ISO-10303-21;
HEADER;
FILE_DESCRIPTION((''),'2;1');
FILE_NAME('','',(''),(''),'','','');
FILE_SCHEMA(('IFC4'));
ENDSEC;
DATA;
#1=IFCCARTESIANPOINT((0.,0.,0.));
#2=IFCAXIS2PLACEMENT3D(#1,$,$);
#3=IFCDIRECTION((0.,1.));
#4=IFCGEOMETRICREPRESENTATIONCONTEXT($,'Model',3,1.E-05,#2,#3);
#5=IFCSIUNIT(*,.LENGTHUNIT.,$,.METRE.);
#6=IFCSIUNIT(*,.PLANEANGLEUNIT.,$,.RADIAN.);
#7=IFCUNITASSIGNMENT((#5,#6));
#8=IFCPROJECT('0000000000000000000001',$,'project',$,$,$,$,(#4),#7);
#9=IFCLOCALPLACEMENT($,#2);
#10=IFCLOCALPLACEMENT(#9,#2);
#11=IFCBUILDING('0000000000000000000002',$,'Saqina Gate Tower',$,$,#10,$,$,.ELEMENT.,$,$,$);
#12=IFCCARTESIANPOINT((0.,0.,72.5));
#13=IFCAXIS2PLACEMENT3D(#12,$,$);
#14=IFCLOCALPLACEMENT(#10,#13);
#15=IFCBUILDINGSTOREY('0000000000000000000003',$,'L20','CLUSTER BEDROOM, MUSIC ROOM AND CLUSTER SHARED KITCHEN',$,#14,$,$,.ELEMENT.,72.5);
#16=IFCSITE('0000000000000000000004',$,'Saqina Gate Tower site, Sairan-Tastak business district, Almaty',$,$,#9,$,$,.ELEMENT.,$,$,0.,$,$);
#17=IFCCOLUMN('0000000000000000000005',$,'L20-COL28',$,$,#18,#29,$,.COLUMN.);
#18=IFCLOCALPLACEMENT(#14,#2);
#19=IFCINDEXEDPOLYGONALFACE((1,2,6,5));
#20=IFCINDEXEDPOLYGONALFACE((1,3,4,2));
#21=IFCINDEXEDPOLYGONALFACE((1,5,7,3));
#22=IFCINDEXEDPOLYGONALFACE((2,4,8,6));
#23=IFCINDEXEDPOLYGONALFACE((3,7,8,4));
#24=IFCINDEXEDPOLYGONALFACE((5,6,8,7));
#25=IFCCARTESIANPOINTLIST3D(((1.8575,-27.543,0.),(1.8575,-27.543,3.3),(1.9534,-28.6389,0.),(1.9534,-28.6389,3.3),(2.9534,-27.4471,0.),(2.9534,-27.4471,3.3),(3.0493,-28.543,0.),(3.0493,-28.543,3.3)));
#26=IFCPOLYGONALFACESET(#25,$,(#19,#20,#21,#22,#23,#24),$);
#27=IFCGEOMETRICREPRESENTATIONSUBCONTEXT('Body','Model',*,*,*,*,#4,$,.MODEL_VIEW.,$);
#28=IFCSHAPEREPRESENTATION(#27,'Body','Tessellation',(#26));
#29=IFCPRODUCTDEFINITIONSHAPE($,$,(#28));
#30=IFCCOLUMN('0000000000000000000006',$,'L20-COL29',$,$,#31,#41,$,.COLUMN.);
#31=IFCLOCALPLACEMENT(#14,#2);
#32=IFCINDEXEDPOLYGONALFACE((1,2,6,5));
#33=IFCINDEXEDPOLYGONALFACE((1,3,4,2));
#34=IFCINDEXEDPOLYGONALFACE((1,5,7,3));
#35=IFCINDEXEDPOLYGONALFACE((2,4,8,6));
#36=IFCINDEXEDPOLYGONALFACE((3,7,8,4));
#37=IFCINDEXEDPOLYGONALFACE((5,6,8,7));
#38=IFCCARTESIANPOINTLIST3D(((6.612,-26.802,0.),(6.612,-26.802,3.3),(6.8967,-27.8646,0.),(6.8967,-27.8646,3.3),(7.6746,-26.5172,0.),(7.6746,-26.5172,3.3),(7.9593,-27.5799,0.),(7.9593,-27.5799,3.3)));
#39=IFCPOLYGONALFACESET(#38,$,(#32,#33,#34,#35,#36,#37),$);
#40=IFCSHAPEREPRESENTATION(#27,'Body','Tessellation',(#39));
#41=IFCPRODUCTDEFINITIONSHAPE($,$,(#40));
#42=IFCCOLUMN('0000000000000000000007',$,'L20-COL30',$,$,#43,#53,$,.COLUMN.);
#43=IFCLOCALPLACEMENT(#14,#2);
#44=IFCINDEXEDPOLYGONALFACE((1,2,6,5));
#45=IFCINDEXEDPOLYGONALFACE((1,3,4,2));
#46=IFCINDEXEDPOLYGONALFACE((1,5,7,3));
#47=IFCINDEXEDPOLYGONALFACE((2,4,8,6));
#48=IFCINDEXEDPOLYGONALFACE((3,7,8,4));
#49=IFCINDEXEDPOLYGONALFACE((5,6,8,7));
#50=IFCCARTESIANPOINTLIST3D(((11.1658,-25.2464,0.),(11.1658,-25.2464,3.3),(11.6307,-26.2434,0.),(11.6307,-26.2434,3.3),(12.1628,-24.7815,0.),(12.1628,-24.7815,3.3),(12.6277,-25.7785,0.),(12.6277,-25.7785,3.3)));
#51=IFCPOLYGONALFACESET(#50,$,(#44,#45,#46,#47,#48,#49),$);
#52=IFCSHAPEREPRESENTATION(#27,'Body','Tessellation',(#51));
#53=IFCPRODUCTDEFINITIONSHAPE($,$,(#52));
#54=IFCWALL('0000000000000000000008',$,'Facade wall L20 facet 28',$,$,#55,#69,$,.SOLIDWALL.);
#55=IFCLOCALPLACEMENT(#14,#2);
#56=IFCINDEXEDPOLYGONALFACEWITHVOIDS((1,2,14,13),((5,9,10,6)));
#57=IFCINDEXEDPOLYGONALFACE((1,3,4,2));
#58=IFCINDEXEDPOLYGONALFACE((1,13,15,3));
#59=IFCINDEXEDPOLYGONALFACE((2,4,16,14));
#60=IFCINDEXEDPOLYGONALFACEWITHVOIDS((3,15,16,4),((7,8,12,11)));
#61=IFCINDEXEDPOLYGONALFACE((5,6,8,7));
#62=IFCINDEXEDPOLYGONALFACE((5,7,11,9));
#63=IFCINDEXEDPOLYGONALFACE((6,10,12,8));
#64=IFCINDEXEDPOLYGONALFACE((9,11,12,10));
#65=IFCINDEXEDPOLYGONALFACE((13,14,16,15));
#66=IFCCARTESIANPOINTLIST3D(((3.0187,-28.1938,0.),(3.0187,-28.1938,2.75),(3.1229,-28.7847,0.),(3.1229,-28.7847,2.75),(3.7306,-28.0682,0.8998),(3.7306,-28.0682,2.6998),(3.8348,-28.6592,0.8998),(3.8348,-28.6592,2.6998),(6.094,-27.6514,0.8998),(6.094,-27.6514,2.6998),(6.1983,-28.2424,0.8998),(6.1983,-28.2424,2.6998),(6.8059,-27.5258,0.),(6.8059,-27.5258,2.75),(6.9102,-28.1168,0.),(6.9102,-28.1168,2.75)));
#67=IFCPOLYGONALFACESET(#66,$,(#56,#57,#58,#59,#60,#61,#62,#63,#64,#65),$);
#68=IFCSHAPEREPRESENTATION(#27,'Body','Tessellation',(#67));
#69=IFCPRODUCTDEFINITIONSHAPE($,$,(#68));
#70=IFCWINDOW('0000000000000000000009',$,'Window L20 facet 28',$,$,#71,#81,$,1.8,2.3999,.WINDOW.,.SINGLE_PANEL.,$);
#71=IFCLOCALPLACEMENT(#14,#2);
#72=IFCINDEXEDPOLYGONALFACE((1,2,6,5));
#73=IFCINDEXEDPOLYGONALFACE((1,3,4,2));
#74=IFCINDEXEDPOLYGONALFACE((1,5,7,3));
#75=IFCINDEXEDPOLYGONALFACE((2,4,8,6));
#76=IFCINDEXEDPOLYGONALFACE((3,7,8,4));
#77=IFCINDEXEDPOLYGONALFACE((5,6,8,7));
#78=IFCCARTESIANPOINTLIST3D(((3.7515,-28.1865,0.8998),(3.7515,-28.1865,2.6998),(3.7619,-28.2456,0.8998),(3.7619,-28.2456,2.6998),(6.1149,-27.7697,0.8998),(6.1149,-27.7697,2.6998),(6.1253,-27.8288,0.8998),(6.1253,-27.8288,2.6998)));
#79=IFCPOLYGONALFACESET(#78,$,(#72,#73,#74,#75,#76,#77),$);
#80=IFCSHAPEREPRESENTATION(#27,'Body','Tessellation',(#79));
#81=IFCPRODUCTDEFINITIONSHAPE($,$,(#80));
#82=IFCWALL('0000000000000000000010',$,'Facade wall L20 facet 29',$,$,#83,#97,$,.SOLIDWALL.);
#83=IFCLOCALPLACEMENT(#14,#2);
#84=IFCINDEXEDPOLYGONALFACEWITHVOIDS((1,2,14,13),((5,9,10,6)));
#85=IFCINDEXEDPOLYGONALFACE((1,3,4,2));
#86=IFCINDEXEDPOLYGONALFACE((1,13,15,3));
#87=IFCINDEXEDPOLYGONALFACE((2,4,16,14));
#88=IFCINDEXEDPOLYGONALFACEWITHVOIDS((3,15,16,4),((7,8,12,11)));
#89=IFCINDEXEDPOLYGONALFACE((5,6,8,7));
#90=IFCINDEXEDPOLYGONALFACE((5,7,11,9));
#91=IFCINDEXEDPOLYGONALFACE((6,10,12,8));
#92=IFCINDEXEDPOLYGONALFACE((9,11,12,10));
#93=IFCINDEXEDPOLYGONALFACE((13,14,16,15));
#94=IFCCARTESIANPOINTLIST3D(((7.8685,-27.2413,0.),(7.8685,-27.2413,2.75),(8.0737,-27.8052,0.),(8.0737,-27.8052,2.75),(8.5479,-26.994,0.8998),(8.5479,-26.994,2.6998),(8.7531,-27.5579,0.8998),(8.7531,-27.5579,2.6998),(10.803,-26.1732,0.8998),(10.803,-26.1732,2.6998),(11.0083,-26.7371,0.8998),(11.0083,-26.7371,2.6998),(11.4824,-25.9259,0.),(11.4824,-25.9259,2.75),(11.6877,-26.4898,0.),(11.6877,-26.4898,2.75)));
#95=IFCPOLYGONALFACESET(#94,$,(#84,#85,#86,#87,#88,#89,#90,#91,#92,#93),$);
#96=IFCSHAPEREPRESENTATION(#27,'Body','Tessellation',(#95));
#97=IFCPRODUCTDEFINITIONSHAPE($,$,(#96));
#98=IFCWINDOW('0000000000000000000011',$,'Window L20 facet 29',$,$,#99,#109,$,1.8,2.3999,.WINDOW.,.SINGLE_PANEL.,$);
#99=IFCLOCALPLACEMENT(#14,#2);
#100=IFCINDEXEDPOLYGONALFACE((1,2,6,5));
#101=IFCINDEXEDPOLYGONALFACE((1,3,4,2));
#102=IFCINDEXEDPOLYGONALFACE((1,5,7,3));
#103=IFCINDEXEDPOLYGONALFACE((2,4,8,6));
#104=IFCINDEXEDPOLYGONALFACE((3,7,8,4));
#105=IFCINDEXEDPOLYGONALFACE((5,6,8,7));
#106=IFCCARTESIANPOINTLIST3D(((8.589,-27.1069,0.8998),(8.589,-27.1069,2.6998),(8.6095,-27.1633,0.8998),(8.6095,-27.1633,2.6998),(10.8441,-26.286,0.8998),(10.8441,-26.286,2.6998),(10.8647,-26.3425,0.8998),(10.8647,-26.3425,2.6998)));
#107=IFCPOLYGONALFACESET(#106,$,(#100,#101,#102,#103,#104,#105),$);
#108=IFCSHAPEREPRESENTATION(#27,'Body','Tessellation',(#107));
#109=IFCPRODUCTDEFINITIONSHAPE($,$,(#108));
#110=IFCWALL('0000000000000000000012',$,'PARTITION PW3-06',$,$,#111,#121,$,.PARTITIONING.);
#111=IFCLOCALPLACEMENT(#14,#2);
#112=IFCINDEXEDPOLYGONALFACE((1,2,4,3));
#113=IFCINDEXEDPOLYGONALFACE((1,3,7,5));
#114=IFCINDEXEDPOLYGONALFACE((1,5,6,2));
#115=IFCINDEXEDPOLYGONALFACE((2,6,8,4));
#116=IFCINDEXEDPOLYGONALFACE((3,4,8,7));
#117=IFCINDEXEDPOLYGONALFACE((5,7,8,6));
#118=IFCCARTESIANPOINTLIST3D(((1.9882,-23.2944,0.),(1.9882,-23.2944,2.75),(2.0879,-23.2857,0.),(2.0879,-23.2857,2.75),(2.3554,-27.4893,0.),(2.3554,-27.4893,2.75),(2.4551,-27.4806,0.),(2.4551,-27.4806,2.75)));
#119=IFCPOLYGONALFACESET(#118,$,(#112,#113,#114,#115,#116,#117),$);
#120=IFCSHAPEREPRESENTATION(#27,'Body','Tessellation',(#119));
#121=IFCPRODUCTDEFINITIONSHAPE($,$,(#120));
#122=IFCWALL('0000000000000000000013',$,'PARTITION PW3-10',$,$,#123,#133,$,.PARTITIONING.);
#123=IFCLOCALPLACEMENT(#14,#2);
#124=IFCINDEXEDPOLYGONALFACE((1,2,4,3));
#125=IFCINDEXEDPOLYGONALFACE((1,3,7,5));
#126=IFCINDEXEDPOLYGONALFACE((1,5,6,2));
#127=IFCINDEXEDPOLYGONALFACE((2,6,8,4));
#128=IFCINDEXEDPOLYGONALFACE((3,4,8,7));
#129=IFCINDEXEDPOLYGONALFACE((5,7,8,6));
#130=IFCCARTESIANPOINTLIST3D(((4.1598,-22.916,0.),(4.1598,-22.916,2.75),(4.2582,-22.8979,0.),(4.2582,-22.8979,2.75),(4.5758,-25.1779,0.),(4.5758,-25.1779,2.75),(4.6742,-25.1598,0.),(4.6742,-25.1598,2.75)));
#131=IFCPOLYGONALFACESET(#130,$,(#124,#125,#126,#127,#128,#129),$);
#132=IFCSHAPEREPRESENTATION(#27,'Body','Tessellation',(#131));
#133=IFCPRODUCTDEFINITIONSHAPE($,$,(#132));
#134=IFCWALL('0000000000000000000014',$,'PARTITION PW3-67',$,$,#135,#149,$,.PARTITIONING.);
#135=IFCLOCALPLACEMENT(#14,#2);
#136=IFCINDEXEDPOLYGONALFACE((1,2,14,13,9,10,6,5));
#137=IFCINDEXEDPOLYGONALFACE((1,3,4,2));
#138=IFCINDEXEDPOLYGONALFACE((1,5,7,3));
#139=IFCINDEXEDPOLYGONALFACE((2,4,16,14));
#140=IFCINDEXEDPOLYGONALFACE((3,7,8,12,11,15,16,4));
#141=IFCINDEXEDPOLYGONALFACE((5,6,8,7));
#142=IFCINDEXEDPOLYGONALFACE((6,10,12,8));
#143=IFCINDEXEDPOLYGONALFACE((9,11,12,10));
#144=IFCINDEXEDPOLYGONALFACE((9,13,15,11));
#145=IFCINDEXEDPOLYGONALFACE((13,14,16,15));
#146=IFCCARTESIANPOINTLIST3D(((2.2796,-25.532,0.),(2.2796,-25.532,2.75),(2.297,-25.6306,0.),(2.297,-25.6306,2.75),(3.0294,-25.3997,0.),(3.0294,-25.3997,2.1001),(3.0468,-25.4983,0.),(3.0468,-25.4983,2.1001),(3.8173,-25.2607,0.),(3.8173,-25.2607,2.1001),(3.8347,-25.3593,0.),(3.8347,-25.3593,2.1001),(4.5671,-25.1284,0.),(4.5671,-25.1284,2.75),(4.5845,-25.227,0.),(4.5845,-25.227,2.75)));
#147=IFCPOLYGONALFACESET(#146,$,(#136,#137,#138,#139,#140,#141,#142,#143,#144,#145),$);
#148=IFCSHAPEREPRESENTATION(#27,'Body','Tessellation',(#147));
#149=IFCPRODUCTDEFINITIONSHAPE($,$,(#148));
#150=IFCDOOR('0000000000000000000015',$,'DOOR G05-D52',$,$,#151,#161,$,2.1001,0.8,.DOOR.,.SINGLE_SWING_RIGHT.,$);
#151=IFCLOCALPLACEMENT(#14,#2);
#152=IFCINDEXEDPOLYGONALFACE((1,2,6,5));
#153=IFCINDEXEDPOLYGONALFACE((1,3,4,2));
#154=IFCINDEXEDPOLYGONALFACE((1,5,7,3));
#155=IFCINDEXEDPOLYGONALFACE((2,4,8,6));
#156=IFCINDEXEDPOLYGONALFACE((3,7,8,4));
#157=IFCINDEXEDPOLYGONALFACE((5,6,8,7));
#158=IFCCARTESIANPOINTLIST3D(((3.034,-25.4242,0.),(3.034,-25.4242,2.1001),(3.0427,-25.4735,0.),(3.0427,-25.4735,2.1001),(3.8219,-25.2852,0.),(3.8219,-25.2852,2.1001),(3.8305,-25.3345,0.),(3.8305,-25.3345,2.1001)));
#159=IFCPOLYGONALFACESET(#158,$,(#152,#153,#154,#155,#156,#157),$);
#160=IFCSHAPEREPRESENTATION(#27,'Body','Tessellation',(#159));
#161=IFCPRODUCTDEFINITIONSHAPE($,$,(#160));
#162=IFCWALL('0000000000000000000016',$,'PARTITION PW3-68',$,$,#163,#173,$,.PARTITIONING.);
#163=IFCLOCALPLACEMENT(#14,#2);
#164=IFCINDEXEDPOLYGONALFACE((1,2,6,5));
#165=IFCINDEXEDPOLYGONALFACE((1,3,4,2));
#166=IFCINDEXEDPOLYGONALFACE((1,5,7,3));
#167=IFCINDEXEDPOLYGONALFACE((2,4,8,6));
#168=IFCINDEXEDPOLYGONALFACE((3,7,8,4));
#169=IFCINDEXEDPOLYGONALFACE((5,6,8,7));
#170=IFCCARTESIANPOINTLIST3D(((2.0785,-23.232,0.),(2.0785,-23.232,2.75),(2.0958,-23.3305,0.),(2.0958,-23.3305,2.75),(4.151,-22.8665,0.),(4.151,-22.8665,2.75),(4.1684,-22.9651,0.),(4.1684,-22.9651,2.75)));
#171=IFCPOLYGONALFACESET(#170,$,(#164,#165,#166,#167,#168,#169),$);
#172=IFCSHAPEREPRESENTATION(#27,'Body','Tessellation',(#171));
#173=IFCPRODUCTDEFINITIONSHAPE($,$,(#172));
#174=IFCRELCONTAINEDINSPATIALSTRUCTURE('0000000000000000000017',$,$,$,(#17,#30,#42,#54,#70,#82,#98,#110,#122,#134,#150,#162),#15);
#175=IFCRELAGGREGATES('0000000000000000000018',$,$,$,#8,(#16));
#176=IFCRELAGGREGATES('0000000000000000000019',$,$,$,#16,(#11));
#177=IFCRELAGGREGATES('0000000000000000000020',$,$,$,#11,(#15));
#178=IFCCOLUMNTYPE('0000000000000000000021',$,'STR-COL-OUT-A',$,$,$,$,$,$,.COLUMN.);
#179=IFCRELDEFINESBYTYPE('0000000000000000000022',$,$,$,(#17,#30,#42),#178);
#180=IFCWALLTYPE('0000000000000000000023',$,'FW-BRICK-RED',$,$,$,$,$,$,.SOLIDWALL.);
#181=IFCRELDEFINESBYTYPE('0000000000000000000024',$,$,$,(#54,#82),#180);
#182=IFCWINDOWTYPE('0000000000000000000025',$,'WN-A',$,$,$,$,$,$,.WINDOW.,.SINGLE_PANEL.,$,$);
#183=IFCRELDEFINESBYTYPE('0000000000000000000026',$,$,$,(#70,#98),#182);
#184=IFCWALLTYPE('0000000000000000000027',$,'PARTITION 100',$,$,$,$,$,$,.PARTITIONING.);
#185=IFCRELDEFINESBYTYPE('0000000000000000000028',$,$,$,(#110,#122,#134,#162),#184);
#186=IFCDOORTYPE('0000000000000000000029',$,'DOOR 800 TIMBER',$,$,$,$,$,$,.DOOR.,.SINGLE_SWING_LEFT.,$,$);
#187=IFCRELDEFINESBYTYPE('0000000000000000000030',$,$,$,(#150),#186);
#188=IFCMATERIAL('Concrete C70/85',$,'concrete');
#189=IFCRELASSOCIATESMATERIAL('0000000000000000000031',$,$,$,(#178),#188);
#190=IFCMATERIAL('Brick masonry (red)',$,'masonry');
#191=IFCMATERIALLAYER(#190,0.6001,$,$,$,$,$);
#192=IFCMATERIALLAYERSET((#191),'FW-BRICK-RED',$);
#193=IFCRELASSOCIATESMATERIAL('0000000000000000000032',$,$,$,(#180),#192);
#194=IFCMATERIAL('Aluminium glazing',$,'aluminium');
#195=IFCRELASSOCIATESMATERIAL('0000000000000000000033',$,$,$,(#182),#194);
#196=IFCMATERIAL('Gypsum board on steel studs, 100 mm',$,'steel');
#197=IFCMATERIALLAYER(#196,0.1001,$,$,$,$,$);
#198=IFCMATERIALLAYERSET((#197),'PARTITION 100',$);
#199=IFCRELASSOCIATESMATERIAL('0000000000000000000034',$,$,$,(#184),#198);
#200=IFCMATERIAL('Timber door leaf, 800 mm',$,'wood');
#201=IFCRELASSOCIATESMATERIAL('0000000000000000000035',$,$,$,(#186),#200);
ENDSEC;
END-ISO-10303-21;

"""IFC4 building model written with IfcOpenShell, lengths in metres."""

from ifc_helpers import new_model, si_unit, direction, frame, frame_2d, origin, origin_2d, place, context, subcontext, project, spatial, rectangle, extrude, material, layer, layer_set, material_profile, profile_set, type_object, element, fill, save


model = new_model("IFC4")

# Units and contexts
model_context = context("Model", 3, precision=1e-05, world=origin(), true_north=direction((0.0, 1.0)))
body_context = subcontext(model_context, "Body", "Model", "MODEL_VIEW")
ifc_project = project(units=[si_unit("LENGTHUNIT", "METRE"), si_unit("PLANEANGLEUNIT", "RADIAN")], contexts=[model_context])

# Site, building, storey
site_placement = place(None, origin())
site = spatial("IfcSite", under=ifc_project, at=site_placement, Name="Saqina Gate Tower site, Sairan-Tastak business district, Almaty", CompositionType="ELEMENT", RefElevation=0.0)
building_placement = place(site_placement, origin())
building = spatial("IfcBuilding", under=site, at=building_placement, Name="Saqina Gate Tower", CompositionType="ELEMENT")
storey_placement = place(building_placement, frame((0.0, 0.0, 72.5)))
storey = spatial("IfcBuildingStorey", under=building, at=storey_placement, Name="L20", Description="CLUSTER BEDROOM, MUSIC ROOM AND CLUSTER SHARED KITCHEN", CompositionType="ELEMENT", Elevation=72.5)

# Columns
ifc_material_1 = material(Name="Concrete C70/85", Category="concrete")
ifc_material_profile = material_profile(ifc_material_1, rectangle(XDim=1.1001, YDim=1.1001, at=origin_2d()), Name="RC 1100x1100")
ifc_profile_set = profile_set([ifc_material_profile], Name="Concrete C70/85")
column_type = type_object("IfcColumnType", Name="STR-COL-OUT-A", PredefinedType="COLUMN", material=ifc_profile_set)
for number, where, z_axis, x_axis, name in (
    (1, (2.4534, -28.043, 0.0), (0.0, 0.0, 1.0), (0.087156, -0.996195, 0.0), "L20-COL28"),
    (2, (7.2856, -27.1909, 0.0), (0.0, 0.0, 1.0), (0.258819, -0.965926, 0.0), "L20-COL29"),
    (3, (11.8967, -25.5125, 0.0), (0.0, 0.0, 1.0), (0.422618, -0.906308, 0.0), "L20-COL30"),
):
    element("IfcColumn", number, at=place(storey_placement, frame(where, z_axis=z_axis, x_axis=x_axis)), inside=storey, type_object=column_type, Name=name, PredefinedType="COLUMN", context=body_context, shape_type="SweptSolid", body=[
        extrude(rectangle(XDim=1.1001, YDim=1.1001, at=origin_2d()), origin(), (0.0, 0.0, 1.0), 3.3),
    ])

# Walls, openings, windows
ifc_material_2 = material(Name="Brick masonry (red)", Category="masonry")
ifc_layer_1 = layer(ifc_material_2, 0.6001)
ifc_layer_set_1 = layer_set([ifc_layer_1], Name="FW-BRICK-RED")
wall_type_1 = type_object("IfcWallType", Name="FW-BRICK-RED", PredefinedType="SOLIDWALL", material=ifc_layer_set_1)
wall_1_placement = place(storey_placement, frame((3.0708, -28.4893, 0.0), z_axis=(0.0, 0.0, 1.0), x_axis=(0.984801, 0.173688, 0.0)))
wall_1 = element("IfcWall", 4, at=wall_1_placement, inside=storey, type_object=wall_type_1, Name="Facade wall L20 facet 28", PredefinedType="SOLIDWALL", context=body_context, shape_type="SweptSolid", body=[
    extrude(rectangle(XDim=3.8457, YDim=0.6001, at=frame_2d((1.9229, 0.0))), origin(), (0.0, 0.0, 1.0), 2.75),
])
opening_1_placement = place(wall_1_placement, frame((0.7229, 0.0, 0.8999)))
opening_1 = element("IfcOpeningElement", 5, at=opening_1_placement, cuts=wall_1, PredefinedType="OPENING", context=body_context, shape_type="SweptSolid", body=[
    extrude(rectangle(XDim=2.3999, YDim=1.8, at=frame_2d((1.2, 0.8999))), frame((0.0, 0.312, 0.0), z_axis=(0.0, -1.0, 0.0), x_axis=(1.0, 0.0, 0.0)), (0.0, 0.0, 1.0), 0.624),
])
ifc_material_3 = material(Name="Aluminium glazing", Category="aluminium")
window_type = type_object("IfcWindowType", Name="WN-A", PartitioningType="SINGLE_PANEL", PredefinedType="WINDOW", material=ifc_material_3)
window_1_placement = place(opening_1_placement, origin())
window_1 = element("IfcWindow", 6, at=window_1_placement, inside=storey, type_object=window_type, Name="Window L20 facet 28", OverallHeight=1.8, OverallWidth=2.3999, PartitioningType="SINGLE_PANEL", PredefinedType="WINDOW", context=body_context, shape_type="SweptSolid", body=[
    extrude(rectangle(XDim=2.3999, YDim=1.8, at=frame_2d((1.2, 0.8999))), frame((0.0, 0.1799, 0.0), z_axis=(0.0, -1.0, 0.0), x_axis=(1.0, 0.0, 0.0)), (0.0, 0.0, 1.0), 0.0601),
])
fill(opening_1, window_1)
wall_2_placement = place(storey_placement, frame((7.9712, -27.5232, 0.0), z_axis=(0.0, 0.0, 1.0), x_axis=(0.93969, 0.342028, 0.0)))
wall_2 = element("IfcWall", 7, at=wall_2_placement, inside=storey, type_object=wall_type_1, Name="Facade wall L20 facet 29", PredefinedType="SOLIDWALL", context=body_context, shape_type="SweptSolid", body=[
    extrude(rectangle(XDim=3.8459, YDim=0.6001, at=frame_2d((1.9229, 0.0))), origin(), (0.0, 0.0, 1.0), 2.75),
])
opening_2_placement = place(wall_2_placement, frame((0.7229, 0.0, 0.8999)))
opening_2 = element("IfcOpeningElement", 8, at=opening_2_placement, cuts=wall_2, PredefinedType="OPENING", context=body_context, shape_type="SweptSolid", body=[
    extrude(rectangle(XDim=2.3999, YDim=1.8, at=frame_2d((1.2, 0.8999))), frame((0.0, 0.312, 0.0), z_axis=(0.0, -1.0, 0.0), x_axis=(1.0, 0.0, 0.0)), (0.0, 0.0, 1.0), 0.624),
])
window_2_placement = place(opening_2_placement, origin())
window_2 = element("IfcWindow", 9, at=window_2_placement, inside=storey, type_object=window_type, Name="Window L20 facet 29", OverallHeight=1.8, OverallWidth=2.3999, PartitioningType="SINGLE_PANEL", PredefinedType="WINDOW", context=body_context, shape_type="SweptSolid", body=[
    extrude(rectangle(XDim=2.3999, YDim=1.8, at=frame_2d((1.2, 0.8999))), frame((0.0, 0.1799, 0.0), z_axis=(0.0, -1.0, 0.0), x_axis=(1.0, 0.0, 0.0)), (0.0, 0.0, 1.0), 0.0601),
])
fill(opening_2, window_2)

# Walls
ifc_material_4 = material(Name="Gypsum board on steel studs, 100 mm", Category="steel")
ifc_layer_2 = layer(ifc_material_4, 0.1001)
ifc_layer_set_2 = layer_set([ifc_layer_2], Name="PARTITION 100")
wall_type_2 = type_object("IfcWallType", Name="PARTITION 100", PredefinedType="PARTITIONING", material=ifc_layer_set_2)
wall_3_placement = place(storey_placement, frame((2.0381, -23.29, 0.0), z_axis=(0.0, 0.0, 1.0), x_axis=(0.0872, -0.996191, 0.0)))
element("IfcWall", 10, at=wall_3_placement, inside=storey, type_object=wall_type_2, Name="PARTITION PW3-06", PredefinedType="PARTITIONING", context=body_context, shape_type="SweptSolid", body=[
    extrude(rectangle(XDim=4.2109, YDim=0.1001, at=frame_2d((2.1055, 0.0))), origin(), (0.0, 0.0, 1.0), 2.75),
])
wall_4_placement = place(storey_placement, frame((4.209, -22.907, 0.0), z_axis=(0.0, 0.0, 1.0), x_axis=(0.180884, -0.983504, 0.0)))
element("IfcWall", 11, at=wall_4_placement, inside=storey, type_object=wall_type_2, Name="PARTITION PW3-10", PredefinedType="PARTITIONING", context=body_context, shape_type="SweptSolid", body=[
    extrude(rectangle(XDim=2.2998, YDim=0.1001, at=frame_2d((1.1499, 0.0))), origin(), (0.0, 0.0, 1.0), 2.75),
])

# Wall, opening, door
wall_5_placement = place(storey_placement, frame((2.2883, -25.5813, 0.0), z_axis=(0.0, 0.0, 1.0), x_axis=(0.98479, 0.173749, 0.0)))
wall_5 = element("IfcWall", 12, at=wall_5_placement, inside=storey, type_object=wall_type_2, Name="PARTITION PW3-67", PredefinedType="PARTITIONING", context=body_context, shape_type="SweptSolid", body=[
    extrude(rectangle(XDim=2.3228, YDim=0.1001, at=frame_2d((1.1614, 0.0))), origin(), (0.0, 0.0, 1.0), 2.75),
])
opening_3_placement = place(wall_5_placement, frame((0.7615, 0.0, 0.0)))
opening_3 = element("IfcOpeningElement", 13, at=opening_3_placement, cuts=wall_5, PredefinedType="OPENING", context=body_context, shape_type="SweptSolid", body=[
    extrude(rectangle(XDim=0.8, YDim=2.1001, at=frame_2d((0.3999, 1.05))), frame((0.0, 0.062, 0.0), z_axis=(0.0, -1.0, 0.0), x_axis=(1.0, 0.0, 0.0)), (0.0, 0.0, 1.0), 0.124),
])
ifc_material_5 = material(Name="Timber door leaf, 800 mm", Category="wood")
door_type_1 = type_object("IfcDoorType", Name="DOOR 800 TIMBER", OperationType="SINGLE_SWING_LEFT", PredefinedType="DOOR", material=ifc_material_5)
door_1_placement = place(opening_3_placement, frame((0.8, 0.0, 0.0), z_axis=(0.0, 0.0, 1.0), x_axis=(-1.0, 0.0, 0.0)))
door_1 = element("IfcDoor", 14, at=door_1_placement, inside=storey, type_object=door_type_1, Name="DOOR G05-D52", OperationType="SINGLE_SWING_RIGHT", OverallHeight=2.1001, OverallWidth=0.8, PredefinedType="DOOR", context=body_context, shape_type="SweptSolid", body=[
    extrude(rectangle(XDim=0.8, YDim=2.1001, at=frame_2d((0.3999, 1.05))), frame((0.0, 0.0249, 0.0), z_axis=(0.0, -1.0, 0.0), x_axis=(1.0, 0.0, 0.0)), (0.0, 0.0, 1.0), 0.05),
])
fill(opening_3, door_1)

# Wall
wall_6_placement = place(storey_placement, frame((2.0872, -23.2812, 0.0), z_axis=(0.0, 0.0, 1.0), x_axis=(0.984805, 0.173666, 0.0)))
element("IfcWall", 15, at=wall_6_placement, inside=storey, type_object=wall_type_2, Name="PARTITION PW3-68", PredefinedType="PARTITIONING", context=body_context, shape_type="SweptSolid", body=[
    extrude(rectangle(XDim=2.1045, YDim=0.1001, at=frame_2d((1.0522, 0.0))), origin(), (0.0, 0.0, 1.0), 2.75),
])

save(model, "model.ifc")
